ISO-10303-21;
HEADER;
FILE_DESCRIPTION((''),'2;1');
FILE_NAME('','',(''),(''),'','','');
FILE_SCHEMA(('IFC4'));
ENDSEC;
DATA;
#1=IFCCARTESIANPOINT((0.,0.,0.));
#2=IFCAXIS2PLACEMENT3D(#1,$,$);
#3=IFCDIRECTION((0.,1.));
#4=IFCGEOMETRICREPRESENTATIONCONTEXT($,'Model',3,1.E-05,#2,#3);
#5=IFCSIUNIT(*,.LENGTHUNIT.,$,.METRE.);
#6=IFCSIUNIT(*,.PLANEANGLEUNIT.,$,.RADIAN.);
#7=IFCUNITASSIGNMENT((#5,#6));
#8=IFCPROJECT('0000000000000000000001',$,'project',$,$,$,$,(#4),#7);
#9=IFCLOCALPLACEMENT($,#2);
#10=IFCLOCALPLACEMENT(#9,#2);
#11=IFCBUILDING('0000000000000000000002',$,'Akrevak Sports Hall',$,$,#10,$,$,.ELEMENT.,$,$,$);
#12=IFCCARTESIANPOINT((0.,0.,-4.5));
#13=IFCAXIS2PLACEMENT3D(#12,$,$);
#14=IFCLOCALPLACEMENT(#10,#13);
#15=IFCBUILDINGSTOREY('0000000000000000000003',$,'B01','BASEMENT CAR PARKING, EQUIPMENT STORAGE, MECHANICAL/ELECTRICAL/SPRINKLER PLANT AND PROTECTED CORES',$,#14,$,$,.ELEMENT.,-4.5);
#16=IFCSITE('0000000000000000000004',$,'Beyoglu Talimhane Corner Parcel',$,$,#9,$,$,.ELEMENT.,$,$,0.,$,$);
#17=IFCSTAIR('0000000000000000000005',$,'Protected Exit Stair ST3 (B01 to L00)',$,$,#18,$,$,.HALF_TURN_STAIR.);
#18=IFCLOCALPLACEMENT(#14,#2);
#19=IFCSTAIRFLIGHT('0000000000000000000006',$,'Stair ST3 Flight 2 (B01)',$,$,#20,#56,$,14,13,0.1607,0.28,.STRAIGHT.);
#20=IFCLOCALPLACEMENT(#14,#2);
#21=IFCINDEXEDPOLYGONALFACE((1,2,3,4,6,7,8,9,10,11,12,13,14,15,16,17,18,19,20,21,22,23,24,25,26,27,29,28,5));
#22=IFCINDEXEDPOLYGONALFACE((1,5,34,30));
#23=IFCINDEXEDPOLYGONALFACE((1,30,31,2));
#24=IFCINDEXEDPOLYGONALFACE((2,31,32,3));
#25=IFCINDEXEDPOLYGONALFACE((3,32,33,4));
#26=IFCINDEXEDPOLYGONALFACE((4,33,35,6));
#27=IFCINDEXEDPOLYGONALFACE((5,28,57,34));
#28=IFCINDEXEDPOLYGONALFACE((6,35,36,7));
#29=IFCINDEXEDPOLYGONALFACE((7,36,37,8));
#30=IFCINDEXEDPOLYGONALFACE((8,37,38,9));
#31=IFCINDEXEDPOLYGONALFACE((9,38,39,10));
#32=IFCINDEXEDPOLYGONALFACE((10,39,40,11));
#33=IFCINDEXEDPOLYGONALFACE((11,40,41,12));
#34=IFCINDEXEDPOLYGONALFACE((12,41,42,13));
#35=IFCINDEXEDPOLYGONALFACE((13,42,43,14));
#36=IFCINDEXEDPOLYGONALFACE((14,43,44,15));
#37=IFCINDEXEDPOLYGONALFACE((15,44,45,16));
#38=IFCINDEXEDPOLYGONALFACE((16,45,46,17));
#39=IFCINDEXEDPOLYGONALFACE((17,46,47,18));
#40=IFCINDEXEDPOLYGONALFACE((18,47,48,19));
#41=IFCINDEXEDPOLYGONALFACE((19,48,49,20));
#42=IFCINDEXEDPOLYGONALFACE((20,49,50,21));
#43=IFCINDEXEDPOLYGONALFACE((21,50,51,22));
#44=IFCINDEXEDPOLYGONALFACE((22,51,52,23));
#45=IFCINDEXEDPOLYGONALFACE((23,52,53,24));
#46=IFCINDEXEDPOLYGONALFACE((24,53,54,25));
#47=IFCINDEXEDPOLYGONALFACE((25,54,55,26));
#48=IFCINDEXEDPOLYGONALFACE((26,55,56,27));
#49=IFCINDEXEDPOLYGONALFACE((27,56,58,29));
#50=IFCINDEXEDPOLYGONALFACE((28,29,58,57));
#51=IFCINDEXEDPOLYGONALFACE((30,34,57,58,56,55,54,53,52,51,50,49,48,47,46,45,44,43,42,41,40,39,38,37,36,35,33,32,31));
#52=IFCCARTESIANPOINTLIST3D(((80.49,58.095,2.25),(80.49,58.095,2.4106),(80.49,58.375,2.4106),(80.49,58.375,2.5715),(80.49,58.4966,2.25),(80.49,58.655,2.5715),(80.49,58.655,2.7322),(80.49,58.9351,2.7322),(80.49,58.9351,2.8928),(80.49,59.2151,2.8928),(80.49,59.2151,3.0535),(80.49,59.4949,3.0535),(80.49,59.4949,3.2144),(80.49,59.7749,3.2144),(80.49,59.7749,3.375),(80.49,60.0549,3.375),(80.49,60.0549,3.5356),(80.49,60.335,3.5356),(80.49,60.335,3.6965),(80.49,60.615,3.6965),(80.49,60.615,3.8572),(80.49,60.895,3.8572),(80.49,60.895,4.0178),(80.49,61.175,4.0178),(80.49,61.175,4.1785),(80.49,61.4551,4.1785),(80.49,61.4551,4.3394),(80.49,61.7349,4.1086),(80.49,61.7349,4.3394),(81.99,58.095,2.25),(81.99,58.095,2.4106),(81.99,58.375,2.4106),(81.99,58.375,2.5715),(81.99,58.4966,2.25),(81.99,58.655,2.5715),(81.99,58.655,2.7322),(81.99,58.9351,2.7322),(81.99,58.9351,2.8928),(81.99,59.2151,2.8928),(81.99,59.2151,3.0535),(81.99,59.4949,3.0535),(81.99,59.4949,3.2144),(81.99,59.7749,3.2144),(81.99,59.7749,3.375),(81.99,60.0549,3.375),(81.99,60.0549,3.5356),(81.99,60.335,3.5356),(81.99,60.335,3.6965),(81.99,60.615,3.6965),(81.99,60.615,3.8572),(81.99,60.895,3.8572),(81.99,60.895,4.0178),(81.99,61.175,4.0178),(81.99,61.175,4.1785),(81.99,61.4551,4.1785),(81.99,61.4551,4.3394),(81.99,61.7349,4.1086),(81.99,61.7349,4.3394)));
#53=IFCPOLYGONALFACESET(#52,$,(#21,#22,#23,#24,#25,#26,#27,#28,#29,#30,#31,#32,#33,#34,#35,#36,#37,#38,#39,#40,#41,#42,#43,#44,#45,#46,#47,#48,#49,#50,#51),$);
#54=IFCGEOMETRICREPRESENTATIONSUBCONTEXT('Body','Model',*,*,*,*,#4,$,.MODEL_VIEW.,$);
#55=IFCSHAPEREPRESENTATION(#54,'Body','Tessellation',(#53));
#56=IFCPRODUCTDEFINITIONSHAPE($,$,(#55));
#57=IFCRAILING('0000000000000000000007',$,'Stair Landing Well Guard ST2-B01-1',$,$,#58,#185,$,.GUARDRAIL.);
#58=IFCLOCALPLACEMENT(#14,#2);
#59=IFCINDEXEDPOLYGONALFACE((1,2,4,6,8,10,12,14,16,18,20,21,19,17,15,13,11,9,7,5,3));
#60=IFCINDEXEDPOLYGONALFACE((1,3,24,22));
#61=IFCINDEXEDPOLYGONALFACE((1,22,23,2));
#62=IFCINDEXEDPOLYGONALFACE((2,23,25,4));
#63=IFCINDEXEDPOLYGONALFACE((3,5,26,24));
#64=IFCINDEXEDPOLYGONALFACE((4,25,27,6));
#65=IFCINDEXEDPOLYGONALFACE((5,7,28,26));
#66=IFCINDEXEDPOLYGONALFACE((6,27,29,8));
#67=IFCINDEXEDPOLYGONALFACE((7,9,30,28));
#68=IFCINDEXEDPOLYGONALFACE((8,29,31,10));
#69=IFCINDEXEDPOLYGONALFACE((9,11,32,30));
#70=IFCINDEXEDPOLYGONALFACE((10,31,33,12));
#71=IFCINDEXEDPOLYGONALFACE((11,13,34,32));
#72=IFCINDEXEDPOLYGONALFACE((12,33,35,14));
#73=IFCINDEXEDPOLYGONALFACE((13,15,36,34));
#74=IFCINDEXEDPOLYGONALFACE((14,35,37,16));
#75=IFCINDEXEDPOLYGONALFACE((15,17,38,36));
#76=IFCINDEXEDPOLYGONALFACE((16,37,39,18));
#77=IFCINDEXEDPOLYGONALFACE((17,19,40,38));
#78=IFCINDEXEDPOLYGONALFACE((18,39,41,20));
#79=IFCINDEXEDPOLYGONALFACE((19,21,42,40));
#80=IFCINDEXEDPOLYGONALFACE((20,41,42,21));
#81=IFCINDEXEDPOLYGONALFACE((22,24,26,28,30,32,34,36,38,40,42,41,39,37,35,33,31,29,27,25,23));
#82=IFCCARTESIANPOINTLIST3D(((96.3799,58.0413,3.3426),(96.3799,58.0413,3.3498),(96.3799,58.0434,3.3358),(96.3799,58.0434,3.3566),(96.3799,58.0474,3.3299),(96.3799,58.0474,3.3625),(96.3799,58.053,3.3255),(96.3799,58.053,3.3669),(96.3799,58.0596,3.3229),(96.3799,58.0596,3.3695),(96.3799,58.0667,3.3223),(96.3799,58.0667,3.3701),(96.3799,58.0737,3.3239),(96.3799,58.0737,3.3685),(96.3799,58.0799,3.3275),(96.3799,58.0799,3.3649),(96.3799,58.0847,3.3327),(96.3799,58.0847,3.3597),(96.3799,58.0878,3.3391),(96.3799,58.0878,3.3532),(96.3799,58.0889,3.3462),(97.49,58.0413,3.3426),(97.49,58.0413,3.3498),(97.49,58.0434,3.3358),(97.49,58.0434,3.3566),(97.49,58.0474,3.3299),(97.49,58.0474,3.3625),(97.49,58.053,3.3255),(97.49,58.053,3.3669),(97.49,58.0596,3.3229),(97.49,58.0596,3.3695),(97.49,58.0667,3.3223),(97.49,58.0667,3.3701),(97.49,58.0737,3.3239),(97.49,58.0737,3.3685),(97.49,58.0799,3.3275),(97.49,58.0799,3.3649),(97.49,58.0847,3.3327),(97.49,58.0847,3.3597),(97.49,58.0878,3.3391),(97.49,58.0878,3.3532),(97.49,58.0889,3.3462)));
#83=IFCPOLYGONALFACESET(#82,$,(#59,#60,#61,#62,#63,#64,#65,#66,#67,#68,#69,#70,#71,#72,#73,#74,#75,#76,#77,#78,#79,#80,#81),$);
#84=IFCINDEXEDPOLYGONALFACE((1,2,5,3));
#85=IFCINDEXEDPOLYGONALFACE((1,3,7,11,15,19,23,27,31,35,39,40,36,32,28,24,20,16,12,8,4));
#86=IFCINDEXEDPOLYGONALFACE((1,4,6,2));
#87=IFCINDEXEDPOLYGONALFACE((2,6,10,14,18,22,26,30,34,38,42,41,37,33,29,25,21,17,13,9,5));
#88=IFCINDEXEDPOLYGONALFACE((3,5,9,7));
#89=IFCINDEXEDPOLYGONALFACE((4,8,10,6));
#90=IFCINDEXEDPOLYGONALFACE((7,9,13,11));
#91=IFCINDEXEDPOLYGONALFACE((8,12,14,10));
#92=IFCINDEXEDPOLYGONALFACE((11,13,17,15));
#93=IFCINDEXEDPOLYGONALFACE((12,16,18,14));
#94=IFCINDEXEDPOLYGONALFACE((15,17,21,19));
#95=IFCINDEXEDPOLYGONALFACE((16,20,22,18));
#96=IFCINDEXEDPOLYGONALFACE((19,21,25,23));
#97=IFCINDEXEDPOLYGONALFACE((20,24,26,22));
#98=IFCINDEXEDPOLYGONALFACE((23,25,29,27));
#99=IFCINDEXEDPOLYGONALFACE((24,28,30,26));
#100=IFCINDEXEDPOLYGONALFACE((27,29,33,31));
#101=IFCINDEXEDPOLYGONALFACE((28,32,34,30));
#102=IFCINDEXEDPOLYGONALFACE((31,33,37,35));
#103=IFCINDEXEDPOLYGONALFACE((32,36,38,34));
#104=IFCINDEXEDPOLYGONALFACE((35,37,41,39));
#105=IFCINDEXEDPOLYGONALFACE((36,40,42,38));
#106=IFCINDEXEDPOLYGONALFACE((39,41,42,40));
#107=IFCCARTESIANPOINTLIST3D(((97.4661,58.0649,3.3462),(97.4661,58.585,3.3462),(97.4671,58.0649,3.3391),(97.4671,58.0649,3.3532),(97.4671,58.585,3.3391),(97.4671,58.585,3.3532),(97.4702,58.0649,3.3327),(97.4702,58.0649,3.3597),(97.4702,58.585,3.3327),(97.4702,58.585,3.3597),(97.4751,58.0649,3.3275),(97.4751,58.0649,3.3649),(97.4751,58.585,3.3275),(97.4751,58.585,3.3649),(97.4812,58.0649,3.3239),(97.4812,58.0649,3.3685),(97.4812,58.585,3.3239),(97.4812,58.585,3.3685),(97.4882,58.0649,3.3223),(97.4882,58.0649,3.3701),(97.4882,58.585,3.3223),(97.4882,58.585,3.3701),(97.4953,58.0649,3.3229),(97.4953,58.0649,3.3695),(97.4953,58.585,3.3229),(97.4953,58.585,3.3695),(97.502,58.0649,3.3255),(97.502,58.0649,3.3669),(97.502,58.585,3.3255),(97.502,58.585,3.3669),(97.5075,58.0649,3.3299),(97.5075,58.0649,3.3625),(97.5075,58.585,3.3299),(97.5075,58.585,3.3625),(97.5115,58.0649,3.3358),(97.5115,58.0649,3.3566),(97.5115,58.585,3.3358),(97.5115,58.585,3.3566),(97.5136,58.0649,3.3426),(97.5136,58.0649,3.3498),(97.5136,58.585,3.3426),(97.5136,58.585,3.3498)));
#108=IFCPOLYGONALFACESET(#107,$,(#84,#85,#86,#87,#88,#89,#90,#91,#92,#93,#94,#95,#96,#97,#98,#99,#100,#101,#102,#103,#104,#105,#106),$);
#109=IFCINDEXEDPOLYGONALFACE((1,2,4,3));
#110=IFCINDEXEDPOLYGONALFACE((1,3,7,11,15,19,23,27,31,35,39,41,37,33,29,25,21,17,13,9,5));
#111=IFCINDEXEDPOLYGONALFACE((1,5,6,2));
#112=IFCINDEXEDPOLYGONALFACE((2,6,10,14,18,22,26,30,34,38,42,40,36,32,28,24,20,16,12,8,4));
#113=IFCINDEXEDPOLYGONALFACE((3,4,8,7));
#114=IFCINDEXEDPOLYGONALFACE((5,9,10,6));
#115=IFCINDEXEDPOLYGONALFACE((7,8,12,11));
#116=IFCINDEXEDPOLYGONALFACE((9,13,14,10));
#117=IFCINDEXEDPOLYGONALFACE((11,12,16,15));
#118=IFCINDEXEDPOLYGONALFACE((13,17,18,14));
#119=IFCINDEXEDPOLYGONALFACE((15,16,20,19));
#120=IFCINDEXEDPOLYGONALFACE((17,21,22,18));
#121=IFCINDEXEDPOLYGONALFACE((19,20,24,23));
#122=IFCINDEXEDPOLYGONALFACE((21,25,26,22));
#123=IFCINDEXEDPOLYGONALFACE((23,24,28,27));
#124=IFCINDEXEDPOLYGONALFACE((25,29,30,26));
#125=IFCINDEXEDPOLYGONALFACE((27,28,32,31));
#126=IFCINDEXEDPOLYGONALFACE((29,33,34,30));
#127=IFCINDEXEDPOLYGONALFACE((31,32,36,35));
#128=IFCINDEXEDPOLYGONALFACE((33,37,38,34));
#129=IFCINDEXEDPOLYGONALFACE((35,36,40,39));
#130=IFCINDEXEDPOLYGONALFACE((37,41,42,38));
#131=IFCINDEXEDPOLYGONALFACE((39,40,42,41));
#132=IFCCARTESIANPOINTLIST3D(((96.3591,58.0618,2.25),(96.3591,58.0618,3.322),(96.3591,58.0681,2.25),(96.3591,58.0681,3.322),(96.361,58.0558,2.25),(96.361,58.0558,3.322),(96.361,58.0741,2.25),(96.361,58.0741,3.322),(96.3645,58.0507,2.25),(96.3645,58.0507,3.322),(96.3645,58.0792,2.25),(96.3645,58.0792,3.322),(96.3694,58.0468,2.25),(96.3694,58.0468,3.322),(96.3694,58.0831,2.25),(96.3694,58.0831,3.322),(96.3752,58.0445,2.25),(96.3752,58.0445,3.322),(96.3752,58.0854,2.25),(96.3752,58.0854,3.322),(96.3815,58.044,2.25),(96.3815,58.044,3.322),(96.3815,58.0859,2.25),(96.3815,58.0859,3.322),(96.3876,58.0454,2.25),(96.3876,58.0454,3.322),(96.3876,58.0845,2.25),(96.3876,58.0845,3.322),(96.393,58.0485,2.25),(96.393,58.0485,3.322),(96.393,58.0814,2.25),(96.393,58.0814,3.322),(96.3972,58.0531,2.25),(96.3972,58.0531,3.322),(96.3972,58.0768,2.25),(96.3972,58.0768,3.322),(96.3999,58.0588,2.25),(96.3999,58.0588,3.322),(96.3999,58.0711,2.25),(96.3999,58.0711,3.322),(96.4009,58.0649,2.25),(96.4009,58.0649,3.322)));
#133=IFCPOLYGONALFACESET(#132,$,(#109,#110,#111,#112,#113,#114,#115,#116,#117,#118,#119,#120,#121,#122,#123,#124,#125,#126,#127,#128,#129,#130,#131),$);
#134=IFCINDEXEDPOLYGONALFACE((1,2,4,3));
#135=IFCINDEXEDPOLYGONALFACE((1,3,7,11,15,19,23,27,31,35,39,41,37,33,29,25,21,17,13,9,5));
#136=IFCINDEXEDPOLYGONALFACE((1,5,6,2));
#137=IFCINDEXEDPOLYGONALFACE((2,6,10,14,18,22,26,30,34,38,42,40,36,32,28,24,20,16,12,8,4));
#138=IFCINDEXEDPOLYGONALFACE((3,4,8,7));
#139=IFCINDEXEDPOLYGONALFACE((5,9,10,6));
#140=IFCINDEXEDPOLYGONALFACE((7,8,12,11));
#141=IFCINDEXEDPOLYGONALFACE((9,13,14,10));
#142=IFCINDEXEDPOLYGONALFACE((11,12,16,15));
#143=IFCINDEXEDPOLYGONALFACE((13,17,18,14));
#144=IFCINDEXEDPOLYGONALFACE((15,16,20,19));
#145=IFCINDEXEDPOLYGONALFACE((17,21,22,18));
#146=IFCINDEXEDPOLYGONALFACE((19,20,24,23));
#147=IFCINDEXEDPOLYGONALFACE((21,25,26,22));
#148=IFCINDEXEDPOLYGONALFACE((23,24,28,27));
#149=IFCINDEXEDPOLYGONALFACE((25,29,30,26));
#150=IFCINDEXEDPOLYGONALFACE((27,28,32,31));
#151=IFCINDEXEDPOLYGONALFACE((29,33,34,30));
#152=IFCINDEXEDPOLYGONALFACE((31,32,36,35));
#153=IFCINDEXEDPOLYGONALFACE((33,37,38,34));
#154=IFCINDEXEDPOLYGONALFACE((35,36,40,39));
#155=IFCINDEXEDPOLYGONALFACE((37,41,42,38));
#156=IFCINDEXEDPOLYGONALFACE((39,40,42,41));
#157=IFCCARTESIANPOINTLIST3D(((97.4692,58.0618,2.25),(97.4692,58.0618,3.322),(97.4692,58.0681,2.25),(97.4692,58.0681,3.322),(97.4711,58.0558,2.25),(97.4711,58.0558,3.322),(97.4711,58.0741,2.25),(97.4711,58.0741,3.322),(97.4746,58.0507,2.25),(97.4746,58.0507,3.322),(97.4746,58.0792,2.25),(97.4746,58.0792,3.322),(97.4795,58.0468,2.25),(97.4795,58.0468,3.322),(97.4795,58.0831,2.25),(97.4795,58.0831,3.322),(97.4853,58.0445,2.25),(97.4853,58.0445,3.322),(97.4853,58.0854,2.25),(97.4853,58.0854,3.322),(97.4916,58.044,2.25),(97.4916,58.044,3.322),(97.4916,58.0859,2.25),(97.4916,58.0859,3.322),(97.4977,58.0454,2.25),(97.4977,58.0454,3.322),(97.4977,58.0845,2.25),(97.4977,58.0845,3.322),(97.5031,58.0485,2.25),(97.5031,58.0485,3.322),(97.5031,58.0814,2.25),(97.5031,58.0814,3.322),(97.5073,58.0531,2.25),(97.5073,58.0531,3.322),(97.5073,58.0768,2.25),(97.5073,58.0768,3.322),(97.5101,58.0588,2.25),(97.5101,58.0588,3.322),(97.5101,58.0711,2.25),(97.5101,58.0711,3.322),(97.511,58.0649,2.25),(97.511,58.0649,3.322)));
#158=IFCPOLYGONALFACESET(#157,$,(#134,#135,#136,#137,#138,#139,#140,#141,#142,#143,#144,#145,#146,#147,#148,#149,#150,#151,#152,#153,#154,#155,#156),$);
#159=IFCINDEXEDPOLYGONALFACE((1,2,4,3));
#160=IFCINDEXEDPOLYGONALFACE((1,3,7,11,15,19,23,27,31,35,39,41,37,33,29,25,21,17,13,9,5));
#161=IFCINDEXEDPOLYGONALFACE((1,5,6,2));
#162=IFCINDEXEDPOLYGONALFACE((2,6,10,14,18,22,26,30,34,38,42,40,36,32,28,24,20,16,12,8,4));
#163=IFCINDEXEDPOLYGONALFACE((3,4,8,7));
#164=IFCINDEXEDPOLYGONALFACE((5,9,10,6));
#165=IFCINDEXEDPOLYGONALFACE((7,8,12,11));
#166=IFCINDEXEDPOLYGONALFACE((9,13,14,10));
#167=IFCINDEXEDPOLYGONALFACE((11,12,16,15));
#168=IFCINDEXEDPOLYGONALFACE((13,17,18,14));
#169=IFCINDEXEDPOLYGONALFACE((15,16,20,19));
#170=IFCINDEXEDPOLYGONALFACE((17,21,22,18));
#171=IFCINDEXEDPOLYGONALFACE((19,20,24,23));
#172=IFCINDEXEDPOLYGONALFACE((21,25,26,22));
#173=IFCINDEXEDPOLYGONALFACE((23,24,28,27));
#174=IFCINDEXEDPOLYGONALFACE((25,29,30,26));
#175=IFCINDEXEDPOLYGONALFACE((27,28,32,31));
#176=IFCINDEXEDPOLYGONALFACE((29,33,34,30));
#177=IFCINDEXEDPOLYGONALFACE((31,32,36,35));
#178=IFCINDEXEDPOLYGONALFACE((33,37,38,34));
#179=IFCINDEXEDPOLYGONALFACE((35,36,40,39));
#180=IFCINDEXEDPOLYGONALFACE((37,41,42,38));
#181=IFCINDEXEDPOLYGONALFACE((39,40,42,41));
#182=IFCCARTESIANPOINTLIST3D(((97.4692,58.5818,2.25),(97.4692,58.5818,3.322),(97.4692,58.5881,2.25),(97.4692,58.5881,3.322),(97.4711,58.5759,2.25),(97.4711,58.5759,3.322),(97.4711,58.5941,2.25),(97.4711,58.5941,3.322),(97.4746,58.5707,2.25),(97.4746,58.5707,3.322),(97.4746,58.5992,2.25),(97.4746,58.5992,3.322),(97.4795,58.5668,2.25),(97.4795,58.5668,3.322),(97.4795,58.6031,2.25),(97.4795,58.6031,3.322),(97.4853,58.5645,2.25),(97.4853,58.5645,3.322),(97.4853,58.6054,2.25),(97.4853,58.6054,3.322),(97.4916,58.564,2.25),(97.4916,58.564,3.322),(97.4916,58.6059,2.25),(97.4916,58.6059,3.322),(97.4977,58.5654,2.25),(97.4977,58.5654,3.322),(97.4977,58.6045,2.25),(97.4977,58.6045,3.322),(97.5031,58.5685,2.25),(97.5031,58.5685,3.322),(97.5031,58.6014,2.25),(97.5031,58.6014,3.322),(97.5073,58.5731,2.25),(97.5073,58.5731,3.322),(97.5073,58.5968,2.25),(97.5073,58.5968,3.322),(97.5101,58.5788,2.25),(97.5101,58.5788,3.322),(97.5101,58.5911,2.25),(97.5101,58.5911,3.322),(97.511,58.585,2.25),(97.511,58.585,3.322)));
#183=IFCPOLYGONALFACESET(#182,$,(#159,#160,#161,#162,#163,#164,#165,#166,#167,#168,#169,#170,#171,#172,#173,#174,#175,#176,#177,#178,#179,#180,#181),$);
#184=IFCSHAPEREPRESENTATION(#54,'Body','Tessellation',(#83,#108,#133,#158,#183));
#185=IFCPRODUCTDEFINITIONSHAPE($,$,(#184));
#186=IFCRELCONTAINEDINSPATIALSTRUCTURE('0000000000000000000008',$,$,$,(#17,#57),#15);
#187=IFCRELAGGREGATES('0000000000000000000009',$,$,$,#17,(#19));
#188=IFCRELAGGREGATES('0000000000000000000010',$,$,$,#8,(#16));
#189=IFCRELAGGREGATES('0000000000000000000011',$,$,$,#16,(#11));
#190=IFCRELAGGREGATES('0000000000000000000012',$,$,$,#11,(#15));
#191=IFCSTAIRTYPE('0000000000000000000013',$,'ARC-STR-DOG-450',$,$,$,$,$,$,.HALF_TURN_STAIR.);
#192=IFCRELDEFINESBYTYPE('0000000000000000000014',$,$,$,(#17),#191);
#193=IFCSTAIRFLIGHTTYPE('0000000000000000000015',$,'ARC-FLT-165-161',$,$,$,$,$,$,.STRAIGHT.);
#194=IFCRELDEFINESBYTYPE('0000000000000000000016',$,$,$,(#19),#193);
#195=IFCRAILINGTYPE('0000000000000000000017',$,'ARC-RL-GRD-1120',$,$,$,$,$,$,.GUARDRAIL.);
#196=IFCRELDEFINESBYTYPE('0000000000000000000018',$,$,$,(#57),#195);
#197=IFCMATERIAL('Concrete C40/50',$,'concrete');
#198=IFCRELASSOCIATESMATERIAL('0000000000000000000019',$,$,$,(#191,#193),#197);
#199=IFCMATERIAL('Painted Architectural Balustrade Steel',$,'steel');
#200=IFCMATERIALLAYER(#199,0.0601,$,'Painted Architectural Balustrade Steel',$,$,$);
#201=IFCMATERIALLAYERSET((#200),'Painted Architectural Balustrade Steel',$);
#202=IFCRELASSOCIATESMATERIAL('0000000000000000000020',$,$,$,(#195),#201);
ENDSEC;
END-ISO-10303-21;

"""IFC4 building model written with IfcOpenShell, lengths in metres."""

from ifc_helpers import new_model, si_unit, direction, frame, origin, origin_2d, place, context, subcontext, project, spatial, polyline, circle, outline, extrude, material, layer, layer_set, type_object, element, aggregate, save


model = new_model("IFC4")

# Units and contexts
model_context = context("Model", 3, precision=1e-05, world=origin(), true_north=direction((0.0, 1.0)))
body_context = subcontext(model_context, "Body", "Model", "MODEL_VIEW")
ifc_project = project(units=[si_unit("LENGTHUNIT", "METRE"), si_unit("PLANEANGLEUNIT", "RADIAN")], contexts=[model_context])

# Site, building, storey
site_placement = place(None, origin())
site = spatial("IfcSite", under=ifc_project, at=site_placement, Name="Beyoglu Talimhane Corner Parcel", CompositionType="ELEMENT", RefElevation=0.0)
building_placement = place(site_placement, origin())
building = spatial("IfcBuilding", under=site, at=building_placement, Name="Akrevak Sports Hall", CompositionType="ELEMENT")
storey_placement = place(building_placement, frame((0.0, 0.0, -4.5)))
storey = spatial("IfcBuildingStorey", under=building, at=storey_placement, Name="B01", Description="BASEMENT CAR PARKING, EQUIPMENT STORAGE, MECHANICAL/ELECTRICAL/SPRINKLER PLANT AND PROTECTED CORES", CompositionType="ELEMENT", Elevation=-4.5)

# Shared definitions
ifc_material_1 = material(Name="Concrete C40/50", Category="concrete")

# Shared definitions
stair_type = type_object("IfcStairType", Name="ARC-STR-DOG-450", PredefinedType="HALF_TURN_STAIR", material=ifc_material_1)
stair_flight_type = type_object("IfcStairFlightType", Name="ARC-FLT-165-161", PredefinedType="STRAIGHT", material=ifc_material_1)

# Stair, stair flight
stair_1_placement = place(storey_placement, origin())
stair_1 = element("IfcStair", 1, at=stair_1_placement, inside=storey, type_object=stair_type, Name="Protected Exit Stair ST3 (B01 to L00)", PredefinedType="HALF_TURN_STAIR")
stair_flight_1_placement = place(storey_placement, frame((81.24, 58.095, 2.25), z_axis=(0.0, 0.0, 1.0), x_axis=(0.0, 1.0, 0.0)))
stair_flight_1 = element("IfcStairFlight", 2, at=stair_flight_1_placement, type_object=stair_flight_type, Name="Stair ST3 Flight 2 (B01)", NumberOfRisers=14, NumberOfTreads=13, PredefinedType="STRAIGHT", RiserHeight=0.1607, TreadLength=0.28, context=body_context, shape_type="SweptSolid", body=[
    extrude(outline(polyline([(0.0, 0.0), (0.0, 0.1606), (0.28, 0.1606), (0.28, 0.3215), (0.5601, 0.3215), (0.5601, 0.4822), (0.8401, 0.4822), (0.8401, 0.6428), (1.1201, 0.6428), (1.1201, 0.8035), (1.3999, 0.8035), (1.3999, 0.9644), (1.6799, 0.9644), (1.6799, 1.125), (1.96, 1.125), (1.96, 1.2856), (2.24, 1.2856), (2.24, 1.4465), (2.52, 1.4465), (2.52, 1.6072), (2.8, 1.6072), (2.8, 1.7678), (3.0801, 1.7678), (3.0801, 1.9285), (3.3601, 1.9285), (3.3601, 2.0894), (3.6399, 2.0894), (3.6399, 2.25), (3.6399, 1.8586), (0.4016, 0.0), (0.0, 0.0)])), frame((0.0, 0.75, 0.0), z_axis=(0.0, -1.0, 0.0), x_axis=(1.0, 0.0, 0.0)), (0.0, 0.0, 1.0), 1.5),
])
aggregate(stair_1, [stair_flight_1])

# Railing
ifc_material_2 = material(Name="Painted Architectural Balustrade Steel", Category="steel")
ifc_layer_1 = layer(ifc_material_2, 0.0601, Name="Painted Architectural Balustrade Steel")
ifc_layer_set_1 = layer_set([ifc_layer_1], Name="Painted Architectural Balustrade Steel")
railing_type_1 = type_object("IfcRailingType", Name="ARC-RL-GRD-1120", PredefinedType="GUARDRAIL", material=ifc_layer_set_1)
railing_1_placement = place(storey_placement, frame((96.3799, 58.0649, 2.25)))
element("IfcRailing", 3, at=railing_1_placement, inside=storey, type_object=railing_type_1, Name="Stair Landing Well Guard ST2-B01-1", PredefinedType="GUARDRAIL", context=body_context, shape_type="SweptSolid", body=[
    extrude(circle(Radius=0.0239, at=origin_2d()), frame((0.0, 0.0, 1.0962), z_axis=(1.0, 0.0, 0.0), x_axis=(0.0, 1.0, 0.0)), (0.0, 0.0, 1.0), 1.1101),
    extrude(circle(Radius=0.0239, at=origin_2d()), frame((1.1101, 0.0, 1.0962), z_axis=(0.0, 1.0, 0.0), x_axis=(-1.0, 0.0, 0.0)), (0.0, 0.0, 1.0), 0.52),
    extrude(circle(Radius=0.021, at=origin_2d()), origin(), (0.0, 0.0, 1.0), 1.072),
    extrude(circle(Radius=0.021, at=origin_2d()), frame((1.1101, 0.0, 0.0)), (0.0, 0.0, 1.0), 1.072),
    extrude(circle(Radius=0.021, at=origin_2d()), frame((1.1101, 0.52, 0.0)), (0.0, 0.0, 1.0), 1.072),
])

save(model, "model.ifc")
